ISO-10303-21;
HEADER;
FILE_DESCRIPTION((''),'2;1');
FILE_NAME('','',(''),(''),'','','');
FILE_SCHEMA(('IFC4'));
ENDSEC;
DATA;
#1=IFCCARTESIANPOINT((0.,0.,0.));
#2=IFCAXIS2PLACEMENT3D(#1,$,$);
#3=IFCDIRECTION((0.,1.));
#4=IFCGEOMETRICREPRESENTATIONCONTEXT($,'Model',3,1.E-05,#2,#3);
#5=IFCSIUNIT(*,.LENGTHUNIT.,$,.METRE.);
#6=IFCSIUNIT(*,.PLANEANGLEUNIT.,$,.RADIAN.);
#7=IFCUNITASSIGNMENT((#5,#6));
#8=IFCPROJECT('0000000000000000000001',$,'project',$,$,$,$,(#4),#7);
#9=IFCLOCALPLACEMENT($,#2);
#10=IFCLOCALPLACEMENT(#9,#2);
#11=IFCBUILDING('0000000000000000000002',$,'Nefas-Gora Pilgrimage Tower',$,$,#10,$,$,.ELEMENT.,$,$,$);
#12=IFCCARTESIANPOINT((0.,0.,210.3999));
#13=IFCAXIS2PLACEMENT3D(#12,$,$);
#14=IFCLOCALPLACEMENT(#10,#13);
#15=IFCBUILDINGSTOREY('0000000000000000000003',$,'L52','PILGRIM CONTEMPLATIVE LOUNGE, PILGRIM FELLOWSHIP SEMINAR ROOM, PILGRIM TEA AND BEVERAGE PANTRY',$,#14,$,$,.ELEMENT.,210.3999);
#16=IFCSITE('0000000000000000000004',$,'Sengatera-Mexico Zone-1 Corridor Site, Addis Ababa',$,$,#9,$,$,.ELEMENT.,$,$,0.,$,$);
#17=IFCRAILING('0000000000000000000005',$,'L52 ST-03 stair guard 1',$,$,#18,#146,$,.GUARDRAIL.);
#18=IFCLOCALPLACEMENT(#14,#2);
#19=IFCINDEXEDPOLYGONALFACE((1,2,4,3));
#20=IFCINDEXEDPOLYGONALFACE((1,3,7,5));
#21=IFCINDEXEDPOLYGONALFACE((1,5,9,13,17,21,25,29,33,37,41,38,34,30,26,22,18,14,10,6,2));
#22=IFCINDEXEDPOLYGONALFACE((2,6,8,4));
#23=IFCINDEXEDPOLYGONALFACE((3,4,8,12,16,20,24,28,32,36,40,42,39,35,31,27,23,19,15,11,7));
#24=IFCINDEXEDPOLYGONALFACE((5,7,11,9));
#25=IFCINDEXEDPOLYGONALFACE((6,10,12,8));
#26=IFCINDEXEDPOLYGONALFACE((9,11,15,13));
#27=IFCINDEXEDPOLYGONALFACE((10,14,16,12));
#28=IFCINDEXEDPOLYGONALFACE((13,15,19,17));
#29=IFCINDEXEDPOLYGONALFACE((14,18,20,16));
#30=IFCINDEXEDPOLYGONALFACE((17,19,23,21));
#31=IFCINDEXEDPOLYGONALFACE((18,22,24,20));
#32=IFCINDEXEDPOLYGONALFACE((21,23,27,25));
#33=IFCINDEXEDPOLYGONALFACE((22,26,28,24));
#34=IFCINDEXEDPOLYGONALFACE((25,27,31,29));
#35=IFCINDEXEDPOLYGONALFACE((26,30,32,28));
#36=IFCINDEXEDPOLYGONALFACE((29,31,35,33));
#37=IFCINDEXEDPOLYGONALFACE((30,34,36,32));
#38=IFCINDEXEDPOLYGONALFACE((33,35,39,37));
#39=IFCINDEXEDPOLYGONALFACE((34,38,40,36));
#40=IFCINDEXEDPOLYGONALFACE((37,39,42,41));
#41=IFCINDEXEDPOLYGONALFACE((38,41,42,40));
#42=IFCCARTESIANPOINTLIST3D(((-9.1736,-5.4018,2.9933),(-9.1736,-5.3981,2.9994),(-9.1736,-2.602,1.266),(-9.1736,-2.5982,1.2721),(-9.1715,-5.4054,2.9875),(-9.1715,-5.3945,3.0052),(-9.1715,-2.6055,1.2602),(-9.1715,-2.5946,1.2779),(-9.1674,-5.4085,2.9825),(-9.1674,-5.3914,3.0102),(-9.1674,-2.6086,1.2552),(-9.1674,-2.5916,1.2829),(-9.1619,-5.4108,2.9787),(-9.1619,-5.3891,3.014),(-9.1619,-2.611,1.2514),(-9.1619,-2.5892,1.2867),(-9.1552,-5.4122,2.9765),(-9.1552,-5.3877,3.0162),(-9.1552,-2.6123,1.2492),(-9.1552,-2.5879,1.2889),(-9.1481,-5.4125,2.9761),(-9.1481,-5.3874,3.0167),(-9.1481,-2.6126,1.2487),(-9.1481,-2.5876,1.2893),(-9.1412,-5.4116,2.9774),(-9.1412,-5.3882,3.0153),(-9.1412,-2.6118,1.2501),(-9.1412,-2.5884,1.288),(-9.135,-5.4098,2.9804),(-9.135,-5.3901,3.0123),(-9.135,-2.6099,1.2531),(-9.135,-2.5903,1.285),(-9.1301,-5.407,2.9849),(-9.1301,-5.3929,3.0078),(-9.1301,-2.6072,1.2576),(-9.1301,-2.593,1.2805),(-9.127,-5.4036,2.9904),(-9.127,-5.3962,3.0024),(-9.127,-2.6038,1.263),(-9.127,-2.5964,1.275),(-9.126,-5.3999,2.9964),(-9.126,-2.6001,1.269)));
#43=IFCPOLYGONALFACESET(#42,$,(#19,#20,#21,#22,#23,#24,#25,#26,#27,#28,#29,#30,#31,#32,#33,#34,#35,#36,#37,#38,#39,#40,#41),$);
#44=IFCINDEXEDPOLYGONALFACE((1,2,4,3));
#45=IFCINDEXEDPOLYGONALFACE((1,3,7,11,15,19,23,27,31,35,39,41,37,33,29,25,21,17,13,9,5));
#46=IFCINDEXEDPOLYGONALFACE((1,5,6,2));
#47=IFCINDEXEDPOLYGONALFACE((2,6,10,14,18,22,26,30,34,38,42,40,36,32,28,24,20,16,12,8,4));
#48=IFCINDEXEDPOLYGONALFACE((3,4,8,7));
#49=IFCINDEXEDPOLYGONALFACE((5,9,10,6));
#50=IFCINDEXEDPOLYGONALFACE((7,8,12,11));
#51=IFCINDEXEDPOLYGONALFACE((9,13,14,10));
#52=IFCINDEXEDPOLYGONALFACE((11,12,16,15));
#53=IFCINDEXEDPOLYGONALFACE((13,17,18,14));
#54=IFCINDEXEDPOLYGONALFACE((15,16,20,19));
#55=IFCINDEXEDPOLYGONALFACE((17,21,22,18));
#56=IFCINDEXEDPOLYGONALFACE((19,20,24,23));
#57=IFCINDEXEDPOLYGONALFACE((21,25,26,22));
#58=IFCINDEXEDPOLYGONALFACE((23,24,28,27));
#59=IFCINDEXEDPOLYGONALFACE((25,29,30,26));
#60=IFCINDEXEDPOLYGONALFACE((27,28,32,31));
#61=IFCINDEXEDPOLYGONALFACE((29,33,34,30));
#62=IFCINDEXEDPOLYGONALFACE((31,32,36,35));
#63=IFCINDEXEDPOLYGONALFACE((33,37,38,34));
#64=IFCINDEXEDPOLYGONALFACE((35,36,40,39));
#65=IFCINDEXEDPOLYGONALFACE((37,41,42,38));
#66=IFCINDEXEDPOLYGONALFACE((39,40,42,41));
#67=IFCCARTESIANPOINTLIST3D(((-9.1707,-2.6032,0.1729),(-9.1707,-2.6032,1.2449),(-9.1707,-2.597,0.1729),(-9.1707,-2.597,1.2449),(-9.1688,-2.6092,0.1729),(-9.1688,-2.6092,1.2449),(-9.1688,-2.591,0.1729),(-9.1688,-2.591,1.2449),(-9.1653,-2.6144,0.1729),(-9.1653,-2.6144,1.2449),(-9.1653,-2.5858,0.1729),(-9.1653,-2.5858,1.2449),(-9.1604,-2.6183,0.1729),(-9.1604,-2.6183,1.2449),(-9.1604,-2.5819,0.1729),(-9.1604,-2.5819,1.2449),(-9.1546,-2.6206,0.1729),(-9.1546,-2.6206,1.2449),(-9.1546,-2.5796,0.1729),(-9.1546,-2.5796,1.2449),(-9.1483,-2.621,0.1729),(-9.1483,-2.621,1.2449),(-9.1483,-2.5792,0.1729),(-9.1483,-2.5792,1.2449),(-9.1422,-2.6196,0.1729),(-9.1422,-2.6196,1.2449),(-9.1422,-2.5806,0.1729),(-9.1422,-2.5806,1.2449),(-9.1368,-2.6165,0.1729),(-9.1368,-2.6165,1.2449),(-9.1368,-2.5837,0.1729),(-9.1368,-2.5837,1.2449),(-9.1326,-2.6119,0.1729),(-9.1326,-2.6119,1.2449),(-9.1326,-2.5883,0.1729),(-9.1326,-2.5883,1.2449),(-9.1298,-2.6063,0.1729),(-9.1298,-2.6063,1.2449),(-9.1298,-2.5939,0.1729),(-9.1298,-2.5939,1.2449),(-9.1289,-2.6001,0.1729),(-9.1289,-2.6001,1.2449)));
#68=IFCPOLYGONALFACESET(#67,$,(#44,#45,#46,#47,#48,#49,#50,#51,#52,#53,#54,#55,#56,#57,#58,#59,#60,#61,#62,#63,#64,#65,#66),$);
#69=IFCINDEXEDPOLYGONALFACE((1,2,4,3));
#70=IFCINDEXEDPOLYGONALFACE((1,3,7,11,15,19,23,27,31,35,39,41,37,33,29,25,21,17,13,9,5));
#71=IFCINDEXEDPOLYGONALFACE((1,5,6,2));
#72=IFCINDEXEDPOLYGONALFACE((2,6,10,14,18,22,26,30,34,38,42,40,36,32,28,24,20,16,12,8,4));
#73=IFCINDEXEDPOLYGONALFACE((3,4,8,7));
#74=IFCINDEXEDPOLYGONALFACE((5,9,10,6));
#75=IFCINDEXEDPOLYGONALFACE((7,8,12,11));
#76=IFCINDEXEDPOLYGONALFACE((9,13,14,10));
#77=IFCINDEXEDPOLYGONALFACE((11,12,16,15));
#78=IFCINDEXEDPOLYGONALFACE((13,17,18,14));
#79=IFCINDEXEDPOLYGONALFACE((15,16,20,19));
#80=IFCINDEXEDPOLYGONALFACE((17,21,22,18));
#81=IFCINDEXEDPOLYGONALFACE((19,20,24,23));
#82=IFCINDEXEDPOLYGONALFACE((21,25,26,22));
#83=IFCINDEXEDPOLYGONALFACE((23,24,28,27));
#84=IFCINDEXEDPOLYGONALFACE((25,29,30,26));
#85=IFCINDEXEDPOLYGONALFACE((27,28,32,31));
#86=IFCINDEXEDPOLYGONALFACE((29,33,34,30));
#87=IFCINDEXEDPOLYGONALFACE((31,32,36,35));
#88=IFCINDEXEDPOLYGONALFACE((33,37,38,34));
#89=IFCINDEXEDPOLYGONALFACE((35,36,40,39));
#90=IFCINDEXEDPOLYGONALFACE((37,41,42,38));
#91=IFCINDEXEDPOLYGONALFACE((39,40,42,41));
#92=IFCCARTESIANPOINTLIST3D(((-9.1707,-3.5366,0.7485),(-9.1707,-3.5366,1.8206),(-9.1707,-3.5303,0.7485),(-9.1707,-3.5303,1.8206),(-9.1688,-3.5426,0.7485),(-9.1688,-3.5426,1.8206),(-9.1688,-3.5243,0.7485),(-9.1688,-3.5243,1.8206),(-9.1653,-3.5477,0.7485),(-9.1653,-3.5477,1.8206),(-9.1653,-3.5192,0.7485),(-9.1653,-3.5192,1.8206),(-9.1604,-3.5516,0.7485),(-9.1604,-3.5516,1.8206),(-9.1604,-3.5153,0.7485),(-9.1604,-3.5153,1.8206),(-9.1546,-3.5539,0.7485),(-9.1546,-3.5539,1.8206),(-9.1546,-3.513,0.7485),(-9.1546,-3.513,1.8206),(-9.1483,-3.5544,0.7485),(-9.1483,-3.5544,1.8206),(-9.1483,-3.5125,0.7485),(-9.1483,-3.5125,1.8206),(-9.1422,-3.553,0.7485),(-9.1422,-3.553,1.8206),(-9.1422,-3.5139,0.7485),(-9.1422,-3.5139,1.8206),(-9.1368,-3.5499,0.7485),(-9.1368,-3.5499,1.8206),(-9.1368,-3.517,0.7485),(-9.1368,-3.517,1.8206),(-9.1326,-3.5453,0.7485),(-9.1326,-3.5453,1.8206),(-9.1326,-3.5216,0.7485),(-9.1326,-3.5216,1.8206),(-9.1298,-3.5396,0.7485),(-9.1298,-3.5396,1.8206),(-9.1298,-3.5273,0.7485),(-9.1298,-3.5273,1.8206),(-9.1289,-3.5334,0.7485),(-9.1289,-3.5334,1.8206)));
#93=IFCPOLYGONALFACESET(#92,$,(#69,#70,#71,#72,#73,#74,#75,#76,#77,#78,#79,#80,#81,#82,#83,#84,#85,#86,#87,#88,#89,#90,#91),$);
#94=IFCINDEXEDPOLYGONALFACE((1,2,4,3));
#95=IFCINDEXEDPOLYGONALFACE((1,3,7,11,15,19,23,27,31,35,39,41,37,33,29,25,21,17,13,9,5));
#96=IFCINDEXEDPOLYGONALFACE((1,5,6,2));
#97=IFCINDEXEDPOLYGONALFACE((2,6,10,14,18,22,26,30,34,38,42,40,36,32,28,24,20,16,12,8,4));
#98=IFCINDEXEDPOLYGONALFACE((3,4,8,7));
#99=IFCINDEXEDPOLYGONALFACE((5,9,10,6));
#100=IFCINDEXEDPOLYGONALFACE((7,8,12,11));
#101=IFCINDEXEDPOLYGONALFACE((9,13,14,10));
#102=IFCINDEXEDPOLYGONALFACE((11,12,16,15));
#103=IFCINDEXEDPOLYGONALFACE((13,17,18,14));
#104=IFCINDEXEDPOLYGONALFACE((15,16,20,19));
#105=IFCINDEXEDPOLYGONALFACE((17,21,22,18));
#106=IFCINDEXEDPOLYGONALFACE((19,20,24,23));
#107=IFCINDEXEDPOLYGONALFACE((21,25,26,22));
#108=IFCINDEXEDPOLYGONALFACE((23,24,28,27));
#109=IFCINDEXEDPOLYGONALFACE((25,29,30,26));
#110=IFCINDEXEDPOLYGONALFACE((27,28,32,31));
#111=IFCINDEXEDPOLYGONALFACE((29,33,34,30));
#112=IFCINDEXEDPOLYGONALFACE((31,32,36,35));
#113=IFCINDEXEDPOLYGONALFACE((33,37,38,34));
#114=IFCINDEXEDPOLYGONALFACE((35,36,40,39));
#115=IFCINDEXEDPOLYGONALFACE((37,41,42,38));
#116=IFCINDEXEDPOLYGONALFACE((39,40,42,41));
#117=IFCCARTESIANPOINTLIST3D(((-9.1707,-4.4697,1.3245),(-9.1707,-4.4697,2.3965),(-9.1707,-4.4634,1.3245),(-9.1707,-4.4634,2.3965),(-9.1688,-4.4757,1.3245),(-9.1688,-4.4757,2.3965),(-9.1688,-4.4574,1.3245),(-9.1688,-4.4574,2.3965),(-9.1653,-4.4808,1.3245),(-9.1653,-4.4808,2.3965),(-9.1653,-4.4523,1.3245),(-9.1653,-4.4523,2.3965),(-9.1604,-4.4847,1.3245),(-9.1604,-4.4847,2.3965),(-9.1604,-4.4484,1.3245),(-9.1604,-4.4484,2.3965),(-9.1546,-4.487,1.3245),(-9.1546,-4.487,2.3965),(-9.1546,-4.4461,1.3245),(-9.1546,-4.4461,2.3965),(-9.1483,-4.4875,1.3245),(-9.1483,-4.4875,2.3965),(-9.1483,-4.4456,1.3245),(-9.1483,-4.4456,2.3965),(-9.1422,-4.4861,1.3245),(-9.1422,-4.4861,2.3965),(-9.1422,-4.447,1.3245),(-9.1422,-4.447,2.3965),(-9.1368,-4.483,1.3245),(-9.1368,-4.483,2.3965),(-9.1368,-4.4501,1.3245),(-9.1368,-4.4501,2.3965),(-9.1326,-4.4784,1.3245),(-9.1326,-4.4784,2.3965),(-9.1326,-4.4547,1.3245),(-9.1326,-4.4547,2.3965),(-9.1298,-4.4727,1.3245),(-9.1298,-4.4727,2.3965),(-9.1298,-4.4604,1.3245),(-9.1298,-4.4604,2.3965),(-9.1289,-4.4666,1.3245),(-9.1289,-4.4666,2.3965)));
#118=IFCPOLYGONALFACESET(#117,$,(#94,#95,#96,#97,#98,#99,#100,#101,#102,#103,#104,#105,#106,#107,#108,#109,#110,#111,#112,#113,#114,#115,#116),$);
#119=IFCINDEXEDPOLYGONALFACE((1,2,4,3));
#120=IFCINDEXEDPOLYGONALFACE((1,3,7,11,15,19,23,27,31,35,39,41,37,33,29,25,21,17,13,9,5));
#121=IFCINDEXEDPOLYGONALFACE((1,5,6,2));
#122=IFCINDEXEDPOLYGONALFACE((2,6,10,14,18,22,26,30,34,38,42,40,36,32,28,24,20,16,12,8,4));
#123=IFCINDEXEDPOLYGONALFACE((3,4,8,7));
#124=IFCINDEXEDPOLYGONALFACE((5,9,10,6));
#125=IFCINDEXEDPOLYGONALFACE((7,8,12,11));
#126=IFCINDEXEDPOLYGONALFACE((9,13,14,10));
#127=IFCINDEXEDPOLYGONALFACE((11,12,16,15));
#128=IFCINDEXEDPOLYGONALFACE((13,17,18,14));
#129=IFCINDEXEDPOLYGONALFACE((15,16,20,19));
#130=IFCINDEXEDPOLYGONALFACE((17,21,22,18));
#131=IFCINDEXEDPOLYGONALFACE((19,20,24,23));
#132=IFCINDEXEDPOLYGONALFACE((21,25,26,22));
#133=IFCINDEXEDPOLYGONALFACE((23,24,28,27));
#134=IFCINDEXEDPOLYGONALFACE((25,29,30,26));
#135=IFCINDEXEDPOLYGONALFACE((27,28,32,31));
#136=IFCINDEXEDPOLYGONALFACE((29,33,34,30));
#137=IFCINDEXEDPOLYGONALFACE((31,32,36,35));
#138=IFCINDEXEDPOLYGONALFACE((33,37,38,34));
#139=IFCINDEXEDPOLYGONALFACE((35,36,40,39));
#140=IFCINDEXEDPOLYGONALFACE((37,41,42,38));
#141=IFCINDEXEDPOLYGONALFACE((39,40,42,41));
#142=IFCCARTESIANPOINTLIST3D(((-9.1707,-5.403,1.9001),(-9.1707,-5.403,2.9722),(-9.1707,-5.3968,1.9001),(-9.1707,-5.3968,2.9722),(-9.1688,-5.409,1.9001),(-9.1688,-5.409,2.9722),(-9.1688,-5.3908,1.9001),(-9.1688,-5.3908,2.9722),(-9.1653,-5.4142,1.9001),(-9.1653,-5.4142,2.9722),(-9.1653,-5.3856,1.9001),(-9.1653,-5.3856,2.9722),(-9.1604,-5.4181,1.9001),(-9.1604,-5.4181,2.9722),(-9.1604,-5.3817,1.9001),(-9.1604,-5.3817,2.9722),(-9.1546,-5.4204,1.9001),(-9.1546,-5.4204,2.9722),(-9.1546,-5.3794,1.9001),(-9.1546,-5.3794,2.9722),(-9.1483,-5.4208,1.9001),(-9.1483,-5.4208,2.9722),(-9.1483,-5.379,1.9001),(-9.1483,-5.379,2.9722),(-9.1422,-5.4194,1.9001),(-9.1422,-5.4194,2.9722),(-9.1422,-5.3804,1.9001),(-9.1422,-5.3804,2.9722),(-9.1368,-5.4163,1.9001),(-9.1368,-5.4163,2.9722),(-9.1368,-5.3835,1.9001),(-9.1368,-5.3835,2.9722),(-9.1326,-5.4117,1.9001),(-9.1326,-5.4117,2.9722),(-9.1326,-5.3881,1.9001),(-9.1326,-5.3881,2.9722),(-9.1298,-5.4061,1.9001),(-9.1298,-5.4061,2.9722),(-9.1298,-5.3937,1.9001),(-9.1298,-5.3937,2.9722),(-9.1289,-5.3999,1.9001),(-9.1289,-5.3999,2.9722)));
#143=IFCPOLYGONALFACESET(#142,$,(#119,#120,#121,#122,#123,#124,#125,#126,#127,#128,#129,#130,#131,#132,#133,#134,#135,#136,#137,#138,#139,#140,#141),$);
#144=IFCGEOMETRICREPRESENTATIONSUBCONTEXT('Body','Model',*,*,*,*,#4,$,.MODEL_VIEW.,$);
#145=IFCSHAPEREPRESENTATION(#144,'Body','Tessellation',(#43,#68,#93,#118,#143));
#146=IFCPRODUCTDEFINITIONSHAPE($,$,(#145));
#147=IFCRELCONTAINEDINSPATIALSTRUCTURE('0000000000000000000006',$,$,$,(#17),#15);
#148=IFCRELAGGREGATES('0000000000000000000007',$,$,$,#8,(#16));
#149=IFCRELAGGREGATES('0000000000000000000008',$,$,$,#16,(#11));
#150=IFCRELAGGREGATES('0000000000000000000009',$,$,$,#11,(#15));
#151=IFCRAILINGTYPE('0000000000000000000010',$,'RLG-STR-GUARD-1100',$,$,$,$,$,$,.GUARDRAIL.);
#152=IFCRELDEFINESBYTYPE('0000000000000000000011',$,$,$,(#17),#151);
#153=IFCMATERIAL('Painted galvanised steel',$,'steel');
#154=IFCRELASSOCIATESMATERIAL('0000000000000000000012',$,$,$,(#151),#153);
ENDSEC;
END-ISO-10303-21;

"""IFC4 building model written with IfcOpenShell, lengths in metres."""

from ifc_helpers import new_model, si_unit, direction, frame, origin, origin_2d, place, context, subcontext, project, spatial, circle, extrude, material, type_object, element, save


model = new_model("IFC4")

# Units and contexts
model_context = context("Model", 3, precision=1e-05, world=origin(), true_north=direction((0.0, 1.0)))
body_context = subcontext(model_context, "Body", "Model", "MODEL_VIEW")
ifc_project = project(units=[si_unit("LENGTHUNIT", "METRE"), si_unit("PLANEANGLEUNIT", "RADIAN")], contexts=[model_context])

# Site, building, storey
site_placement = place(None, origin())
site = spatial("IfcSite", under=ifc_project, at=site_placement, Name="Sengatera-Mexico Zone-1 Corridor Site, Addis Ababa", CompositionType="ELEMENT", RefElevation=0.0)
building_placement = place(site_placement, origin())
building = spatial("IfcBuilding", under=site, at=building_placement, Name="Nefas-Gora Pilgrimage Tower", CompositionType="ELEMENT")
storey_placement = place(building_placement, frame((0.0, 0.0, 210.3999)))
storey = spatial("IfcBuildingStorey", under=building, at=storey_placement, Name="L52", Description="PILGRIM CONTEMPLATIVE LOUNGE, PILGRIM FELLOWSHIP SEMINAR ROOM, PILGRIM TEA AND BEVERAGE PANTRY", CompositionType="ELEMENT", Elevation=210.3999)

# Railing
ifc_material_1 = material(Name="Painted galvanised steel", Category="steel")
railing_type_1 = type_object("IfcRailingType", Name="RLG-STR-GUARD-1100", PredefinedType="GUARDRAIL", material=ifc_material_1)
railing_1_placement = place(storey_placement, frame((-9.1499, -2.6001, 0.1729)))
element("IfcRailing", 1, at=railing_1_placement, inside=storey, type_object=railing_type_1, Name="L52 ST-03 stair guard 1", PredefinedType="GUARDRAIL", context=body_context, shape_type="SweptSolid", body=[
    extrude(circle(Radius=0.0239, at=origin_2d()), frame((0.0, 0.0, 1.0962), z_axis=(0.0, -0.851069, 0.525054), x_axis=(1.0, 0.0, 0.0)), (0.0, 0.0, 1.0), 3.2898),
    extrude(circle(Radius=0.021, at=origin_2d()), origin(), (0.0, 0.0, 1.0), 1.072),
    extrude(circle(Radius=0.021, at=origin_2d()), frame((0.0, -0.9333, 0.5757)), (0.0, 0.0, 1.0), 1.072),
    extrude(circle(Radius=0.021, at=origin_2d()), frame((0.0, -1.8665, 1.1516)), (0.0, 0.0, 1.0), 1.072),
    extrude(circle(Radius=0.021, at=origin_2d()), frame((0.0, -2.7998, 1.7273)), (0.0, 0.0, 1.0), 1.072),
])

save(model, "model.ifc")
